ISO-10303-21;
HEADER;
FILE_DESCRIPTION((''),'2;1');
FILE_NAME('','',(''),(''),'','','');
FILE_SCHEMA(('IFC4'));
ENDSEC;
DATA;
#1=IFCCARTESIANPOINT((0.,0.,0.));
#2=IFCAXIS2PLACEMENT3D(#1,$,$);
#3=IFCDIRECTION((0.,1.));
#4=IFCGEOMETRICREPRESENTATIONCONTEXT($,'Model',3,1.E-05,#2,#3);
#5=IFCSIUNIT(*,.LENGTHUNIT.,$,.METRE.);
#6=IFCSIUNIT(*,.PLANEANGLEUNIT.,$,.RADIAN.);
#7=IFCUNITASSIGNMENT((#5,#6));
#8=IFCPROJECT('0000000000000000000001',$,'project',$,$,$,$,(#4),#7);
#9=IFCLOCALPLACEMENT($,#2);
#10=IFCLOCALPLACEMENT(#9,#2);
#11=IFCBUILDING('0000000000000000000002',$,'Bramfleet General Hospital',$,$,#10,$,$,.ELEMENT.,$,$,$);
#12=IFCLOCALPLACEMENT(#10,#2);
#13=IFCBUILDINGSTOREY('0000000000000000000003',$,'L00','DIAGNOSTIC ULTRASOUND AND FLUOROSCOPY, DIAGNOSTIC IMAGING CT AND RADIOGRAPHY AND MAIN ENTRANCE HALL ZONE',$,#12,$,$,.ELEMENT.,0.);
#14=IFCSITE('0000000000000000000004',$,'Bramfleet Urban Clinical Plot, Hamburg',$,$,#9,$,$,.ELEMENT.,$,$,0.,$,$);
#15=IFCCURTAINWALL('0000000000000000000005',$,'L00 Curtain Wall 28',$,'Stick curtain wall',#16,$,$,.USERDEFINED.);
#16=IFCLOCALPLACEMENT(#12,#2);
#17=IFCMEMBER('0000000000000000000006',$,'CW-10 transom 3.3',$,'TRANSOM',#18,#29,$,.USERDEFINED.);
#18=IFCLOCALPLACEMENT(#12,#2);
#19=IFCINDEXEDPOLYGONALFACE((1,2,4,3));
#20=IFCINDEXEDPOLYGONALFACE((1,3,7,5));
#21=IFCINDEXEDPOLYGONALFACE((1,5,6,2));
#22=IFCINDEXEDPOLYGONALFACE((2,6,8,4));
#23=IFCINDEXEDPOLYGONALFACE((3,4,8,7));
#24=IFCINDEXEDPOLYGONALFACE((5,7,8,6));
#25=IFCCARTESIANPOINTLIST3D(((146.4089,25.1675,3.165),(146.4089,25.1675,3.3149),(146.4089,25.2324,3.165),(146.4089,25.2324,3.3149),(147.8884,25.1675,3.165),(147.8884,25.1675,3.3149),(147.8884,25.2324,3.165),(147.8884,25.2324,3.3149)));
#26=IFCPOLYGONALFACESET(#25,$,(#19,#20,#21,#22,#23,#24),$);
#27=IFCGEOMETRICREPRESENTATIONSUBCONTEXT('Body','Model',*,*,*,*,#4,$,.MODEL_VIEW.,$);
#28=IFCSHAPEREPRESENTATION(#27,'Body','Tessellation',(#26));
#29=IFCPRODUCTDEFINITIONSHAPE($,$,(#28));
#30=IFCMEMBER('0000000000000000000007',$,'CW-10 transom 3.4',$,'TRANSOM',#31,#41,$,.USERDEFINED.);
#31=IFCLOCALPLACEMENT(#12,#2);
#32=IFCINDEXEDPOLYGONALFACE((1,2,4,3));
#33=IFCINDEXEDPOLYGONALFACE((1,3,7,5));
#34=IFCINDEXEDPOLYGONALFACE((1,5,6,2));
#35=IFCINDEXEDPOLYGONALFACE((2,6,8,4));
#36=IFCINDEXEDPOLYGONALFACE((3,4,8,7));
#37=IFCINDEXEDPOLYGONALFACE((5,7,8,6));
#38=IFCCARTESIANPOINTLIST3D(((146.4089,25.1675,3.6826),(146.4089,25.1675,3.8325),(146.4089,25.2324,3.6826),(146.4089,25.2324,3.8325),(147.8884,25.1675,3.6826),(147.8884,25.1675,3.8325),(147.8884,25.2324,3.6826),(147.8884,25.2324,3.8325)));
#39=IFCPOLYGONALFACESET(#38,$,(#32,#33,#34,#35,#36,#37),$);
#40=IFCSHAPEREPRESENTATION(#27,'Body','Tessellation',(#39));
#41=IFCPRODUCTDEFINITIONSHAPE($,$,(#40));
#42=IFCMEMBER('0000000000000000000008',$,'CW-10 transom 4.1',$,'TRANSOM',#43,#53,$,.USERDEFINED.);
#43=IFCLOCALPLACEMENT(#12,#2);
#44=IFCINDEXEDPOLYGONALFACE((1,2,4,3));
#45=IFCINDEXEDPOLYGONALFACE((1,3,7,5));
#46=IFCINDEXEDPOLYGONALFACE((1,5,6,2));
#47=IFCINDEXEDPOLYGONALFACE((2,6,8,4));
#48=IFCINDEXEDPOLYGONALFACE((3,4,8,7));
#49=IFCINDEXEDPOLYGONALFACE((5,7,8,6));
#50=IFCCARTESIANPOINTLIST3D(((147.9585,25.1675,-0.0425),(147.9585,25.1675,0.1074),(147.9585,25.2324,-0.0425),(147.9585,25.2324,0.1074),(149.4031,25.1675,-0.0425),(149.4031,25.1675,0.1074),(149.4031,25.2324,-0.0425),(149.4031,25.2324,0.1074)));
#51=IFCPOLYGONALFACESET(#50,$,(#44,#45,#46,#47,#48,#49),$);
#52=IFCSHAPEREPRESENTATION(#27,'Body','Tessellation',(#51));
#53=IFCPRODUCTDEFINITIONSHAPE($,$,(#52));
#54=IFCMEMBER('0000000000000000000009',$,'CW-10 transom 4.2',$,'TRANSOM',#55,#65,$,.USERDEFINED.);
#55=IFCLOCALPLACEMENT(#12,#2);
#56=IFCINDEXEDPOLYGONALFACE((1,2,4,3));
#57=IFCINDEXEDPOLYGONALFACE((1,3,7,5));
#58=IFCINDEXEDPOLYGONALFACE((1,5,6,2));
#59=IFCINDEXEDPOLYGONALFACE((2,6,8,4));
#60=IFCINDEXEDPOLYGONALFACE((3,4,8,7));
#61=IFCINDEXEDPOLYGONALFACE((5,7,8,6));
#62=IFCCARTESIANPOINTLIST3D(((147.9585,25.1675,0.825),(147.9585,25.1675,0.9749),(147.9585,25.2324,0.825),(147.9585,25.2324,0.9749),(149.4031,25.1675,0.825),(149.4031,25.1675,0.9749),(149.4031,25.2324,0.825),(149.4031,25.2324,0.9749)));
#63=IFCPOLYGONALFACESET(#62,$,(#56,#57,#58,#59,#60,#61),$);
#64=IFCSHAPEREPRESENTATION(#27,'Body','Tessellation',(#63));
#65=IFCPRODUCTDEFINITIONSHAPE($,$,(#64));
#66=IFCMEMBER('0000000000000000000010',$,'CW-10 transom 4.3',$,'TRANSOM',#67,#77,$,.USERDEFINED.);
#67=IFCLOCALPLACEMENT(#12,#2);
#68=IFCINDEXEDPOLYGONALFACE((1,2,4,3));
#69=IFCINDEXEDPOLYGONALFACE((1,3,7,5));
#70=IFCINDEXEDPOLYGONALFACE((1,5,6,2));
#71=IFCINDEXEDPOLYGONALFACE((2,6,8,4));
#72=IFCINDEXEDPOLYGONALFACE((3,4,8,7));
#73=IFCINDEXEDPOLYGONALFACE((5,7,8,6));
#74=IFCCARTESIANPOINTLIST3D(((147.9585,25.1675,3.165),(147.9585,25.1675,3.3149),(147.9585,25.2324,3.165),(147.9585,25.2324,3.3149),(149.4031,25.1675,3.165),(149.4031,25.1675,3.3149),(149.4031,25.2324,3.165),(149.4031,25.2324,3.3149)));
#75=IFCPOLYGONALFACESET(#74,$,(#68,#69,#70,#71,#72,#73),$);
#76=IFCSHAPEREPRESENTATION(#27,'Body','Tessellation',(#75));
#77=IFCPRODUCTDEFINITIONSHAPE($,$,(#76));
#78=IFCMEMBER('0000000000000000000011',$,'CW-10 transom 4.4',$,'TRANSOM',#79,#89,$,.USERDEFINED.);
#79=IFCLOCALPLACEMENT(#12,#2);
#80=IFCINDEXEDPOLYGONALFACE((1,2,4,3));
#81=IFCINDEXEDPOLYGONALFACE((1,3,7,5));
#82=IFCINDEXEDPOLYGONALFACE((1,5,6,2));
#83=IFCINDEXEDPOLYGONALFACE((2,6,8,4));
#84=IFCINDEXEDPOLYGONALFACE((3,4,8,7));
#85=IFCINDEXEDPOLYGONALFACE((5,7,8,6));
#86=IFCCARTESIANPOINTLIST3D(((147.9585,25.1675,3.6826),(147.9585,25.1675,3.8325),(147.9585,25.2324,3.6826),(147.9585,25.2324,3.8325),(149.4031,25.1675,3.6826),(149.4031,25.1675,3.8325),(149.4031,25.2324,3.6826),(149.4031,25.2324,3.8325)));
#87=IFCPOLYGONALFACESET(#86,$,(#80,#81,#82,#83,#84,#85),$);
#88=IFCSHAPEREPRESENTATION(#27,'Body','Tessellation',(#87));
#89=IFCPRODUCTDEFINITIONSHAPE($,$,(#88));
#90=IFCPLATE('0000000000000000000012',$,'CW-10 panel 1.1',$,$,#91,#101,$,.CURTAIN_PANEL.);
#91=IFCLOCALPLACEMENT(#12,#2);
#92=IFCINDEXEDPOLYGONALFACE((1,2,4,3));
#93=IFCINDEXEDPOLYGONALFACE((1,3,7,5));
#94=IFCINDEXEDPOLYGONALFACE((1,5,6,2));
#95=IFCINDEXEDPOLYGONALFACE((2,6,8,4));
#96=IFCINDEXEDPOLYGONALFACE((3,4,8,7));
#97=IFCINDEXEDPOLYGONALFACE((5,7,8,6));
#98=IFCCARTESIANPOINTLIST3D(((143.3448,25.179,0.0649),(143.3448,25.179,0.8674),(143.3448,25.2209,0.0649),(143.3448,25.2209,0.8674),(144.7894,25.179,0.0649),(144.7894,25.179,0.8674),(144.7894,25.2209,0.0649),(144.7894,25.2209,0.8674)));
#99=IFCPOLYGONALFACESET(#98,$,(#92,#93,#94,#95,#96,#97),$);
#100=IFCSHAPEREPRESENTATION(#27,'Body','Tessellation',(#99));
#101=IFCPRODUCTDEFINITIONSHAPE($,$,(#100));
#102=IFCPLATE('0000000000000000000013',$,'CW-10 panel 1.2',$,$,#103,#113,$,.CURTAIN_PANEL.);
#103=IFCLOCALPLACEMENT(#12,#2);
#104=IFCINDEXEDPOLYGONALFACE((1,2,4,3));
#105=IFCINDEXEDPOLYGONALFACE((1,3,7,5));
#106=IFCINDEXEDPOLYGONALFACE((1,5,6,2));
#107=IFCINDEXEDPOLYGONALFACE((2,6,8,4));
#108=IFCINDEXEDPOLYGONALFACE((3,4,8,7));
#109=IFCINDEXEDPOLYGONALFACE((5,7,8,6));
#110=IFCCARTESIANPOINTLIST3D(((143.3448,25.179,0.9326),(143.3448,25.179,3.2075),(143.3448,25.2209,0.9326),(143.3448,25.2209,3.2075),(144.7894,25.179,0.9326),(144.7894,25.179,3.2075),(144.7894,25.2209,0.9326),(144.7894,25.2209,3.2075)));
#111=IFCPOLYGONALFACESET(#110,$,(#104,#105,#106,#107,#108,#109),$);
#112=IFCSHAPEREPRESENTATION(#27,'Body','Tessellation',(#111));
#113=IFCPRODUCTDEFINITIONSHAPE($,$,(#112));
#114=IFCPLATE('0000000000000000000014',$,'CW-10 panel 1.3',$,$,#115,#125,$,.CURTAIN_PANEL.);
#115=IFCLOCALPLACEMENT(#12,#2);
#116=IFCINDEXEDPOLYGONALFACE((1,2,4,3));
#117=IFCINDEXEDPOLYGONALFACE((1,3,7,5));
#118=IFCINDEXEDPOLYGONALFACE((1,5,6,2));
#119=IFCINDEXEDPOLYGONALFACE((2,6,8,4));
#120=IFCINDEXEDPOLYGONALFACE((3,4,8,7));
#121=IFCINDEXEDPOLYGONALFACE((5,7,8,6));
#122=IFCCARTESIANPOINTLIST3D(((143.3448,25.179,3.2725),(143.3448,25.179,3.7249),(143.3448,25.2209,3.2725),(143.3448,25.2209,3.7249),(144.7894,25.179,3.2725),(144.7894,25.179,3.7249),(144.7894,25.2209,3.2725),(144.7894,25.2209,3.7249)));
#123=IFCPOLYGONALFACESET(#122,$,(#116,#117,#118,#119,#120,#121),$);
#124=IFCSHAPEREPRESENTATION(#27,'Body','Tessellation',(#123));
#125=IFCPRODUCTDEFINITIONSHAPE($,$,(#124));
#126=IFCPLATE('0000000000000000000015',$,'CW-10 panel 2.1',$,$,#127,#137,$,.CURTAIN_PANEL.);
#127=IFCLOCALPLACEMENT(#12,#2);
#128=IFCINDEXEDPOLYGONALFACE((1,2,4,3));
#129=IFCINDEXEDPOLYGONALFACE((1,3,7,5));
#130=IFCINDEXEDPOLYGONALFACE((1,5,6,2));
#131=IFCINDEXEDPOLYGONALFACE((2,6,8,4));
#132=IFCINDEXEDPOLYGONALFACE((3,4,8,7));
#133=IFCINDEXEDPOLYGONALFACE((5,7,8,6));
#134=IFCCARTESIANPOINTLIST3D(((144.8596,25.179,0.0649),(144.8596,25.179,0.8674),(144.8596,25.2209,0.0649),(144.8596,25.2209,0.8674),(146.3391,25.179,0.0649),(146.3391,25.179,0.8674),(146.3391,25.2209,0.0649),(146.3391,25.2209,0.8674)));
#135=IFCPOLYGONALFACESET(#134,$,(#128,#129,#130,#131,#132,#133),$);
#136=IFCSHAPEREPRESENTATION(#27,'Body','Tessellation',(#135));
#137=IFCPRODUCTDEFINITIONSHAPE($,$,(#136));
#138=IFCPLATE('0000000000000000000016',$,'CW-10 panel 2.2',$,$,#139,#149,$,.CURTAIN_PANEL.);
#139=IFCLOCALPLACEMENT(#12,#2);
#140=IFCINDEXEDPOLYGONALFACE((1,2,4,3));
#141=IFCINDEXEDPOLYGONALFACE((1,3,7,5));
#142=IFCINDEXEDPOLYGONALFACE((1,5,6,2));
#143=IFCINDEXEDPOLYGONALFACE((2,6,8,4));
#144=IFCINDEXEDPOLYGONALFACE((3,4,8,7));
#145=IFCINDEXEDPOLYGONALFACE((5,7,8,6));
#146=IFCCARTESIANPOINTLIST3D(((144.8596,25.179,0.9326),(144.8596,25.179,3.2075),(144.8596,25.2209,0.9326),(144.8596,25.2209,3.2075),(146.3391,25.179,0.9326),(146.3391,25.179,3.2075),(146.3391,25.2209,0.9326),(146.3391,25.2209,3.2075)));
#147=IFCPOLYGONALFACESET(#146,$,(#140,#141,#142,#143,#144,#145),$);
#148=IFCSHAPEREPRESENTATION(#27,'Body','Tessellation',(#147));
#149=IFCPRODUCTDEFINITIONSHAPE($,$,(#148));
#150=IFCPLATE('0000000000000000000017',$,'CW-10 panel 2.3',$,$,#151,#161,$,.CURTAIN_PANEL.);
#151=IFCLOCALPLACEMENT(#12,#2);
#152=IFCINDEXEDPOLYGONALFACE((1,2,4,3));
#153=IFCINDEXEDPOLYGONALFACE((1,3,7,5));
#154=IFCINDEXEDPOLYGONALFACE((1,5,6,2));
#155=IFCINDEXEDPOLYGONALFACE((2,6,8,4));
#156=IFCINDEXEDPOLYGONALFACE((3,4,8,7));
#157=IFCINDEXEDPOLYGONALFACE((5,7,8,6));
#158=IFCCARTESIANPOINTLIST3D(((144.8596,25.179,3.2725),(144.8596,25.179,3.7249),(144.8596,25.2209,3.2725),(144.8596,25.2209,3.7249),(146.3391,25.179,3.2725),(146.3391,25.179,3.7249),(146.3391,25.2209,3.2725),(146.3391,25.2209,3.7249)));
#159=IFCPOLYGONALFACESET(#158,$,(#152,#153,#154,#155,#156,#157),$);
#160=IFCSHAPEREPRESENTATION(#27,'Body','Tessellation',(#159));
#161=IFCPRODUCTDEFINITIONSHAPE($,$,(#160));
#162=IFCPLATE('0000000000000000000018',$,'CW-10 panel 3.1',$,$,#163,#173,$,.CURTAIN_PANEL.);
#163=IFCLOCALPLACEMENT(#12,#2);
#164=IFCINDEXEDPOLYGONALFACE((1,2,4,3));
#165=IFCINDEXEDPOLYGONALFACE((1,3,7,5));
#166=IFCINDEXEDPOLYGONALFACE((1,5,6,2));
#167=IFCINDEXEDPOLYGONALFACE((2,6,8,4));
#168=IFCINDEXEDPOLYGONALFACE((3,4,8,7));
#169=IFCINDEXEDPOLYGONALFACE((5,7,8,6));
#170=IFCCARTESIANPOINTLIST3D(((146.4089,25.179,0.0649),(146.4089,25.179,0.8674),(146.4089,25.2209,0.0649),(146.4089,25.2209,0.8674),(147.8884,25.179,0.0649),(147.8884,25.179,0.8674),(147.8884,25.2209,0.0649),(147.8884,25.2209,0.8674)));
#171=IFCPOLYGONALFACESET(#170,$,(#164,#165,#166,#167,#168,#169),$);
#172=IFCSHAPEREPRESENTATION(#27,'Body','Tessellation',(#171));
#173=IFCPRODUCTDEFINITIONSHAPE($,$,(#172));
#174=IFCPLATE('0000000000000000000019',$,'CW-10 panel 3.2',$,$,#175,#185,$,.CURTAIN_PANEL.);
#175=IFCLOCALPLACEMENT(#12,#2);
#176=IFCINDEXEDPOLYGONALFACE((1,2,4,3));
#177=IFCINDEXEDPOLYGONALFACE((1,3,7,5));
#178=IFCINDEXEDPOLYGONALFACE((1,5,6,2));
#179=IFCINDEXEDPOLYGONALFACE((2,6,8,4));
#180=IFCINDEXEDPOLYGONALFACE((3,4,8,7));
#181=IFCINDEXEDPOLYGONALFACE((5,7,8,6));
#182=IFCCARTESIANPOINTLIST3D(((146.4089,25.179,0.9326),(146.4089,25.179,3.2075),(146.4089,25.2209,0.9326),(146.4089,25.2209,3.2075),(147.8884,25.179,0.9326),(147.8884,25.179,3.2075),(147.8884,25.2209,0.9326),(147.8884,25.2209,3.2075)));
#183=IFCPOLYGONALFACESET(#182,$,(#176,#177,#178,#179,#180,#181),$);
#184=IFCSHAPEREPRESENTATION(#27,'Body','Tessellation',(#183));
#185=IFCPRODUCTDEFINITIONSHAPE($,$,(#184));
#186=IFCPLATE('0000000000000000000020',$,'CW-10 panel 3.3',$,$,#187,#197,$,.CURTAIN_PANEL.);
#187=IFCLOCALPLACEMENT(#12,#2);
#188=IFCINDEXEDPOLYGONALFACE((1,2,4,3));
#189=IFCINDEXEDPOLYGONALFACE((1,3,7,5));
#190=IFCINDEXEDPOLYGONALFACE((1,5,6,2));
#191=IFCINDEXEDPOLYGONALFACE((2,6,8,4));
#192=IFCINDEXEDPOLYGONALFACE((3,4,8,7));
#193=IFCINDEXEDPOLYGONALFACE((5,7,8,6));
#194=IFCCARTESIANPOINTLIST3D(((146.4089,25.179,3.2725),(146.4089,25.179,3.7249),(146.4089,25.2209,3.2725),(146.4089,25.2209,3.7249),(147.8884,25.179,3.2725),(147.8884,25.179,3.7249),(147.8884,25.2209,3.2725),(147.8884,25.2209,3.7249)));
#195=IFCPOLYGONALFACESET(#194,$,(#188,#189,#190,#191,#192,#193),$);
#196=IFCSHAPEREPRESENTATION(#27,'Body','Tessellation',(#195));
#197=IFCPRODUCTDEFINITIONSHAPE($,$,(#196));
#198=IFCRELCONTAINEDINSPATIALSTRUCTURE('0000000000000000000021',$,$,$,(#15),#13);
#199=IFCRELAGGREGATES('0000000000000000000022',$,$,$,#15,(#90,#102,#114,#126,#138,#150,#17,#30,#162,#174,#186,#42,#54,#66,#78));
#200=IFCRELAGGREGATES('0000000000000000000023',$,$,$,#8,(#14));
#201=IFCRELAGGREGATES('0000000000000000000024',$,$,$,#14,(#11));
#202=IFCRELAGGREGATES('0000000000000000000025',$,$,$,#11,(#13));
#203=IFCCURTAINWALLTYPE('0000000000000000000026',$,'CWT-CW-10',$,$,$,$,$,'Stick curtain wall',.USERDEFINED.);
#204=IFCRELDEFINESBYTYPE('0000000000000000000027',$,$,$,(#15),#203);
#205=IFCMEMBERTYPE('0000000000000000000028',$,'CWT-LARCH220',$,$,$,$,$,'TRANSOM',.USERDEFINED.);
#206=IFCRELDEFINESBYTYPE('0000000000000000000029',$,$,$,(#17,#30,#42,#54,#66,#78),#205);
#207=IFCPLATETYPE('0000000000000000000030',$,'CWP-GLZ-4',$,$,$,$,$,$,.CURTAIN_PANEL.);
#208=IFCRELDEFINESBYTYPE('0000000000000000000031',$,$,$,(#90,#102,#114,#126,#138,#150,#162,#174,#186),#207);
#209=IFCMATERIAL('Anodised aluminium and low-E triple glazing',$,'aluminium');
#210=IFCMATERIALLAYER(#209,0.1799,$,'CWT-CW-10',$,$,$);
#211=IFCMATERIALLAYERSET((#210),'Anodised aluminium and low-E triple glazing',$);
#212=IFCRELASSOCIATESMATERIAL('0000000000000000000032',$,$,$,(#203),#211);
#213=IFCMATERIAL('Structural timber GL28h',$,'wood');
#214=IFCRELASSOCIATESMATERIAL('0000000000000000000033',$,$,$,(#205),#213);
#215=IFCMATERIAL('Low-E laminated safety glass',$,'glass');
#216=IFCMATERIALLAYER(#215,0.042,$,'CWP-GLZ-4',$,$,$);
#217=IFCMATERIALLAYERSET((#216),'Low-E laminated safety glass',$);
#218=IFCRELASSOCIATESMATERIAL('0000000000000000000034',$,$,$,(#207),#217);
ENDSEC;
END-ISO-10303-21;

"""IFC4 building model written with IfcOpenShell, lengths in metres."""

from ifc_helpers import new_model, si_unit, direction, frame, origin, origin_2d, place, context, subcontext, project, spatial, rectangle, extrude, material, layer, layer_set, material_profile, profile_set, type_object, element, aggregate, save


model = new_model("IFC4")

# Units and contexts
model_context = context("Model", 3, precision=1e-05, world=origin(), true_north=direction((0.0, 1.0)))
body_context = subcontext(model_context, "Body", "Model", "MODEL_VIEW")
ifc_project = project(units=[si_unit("LENGTHUNIT", "METRE"), si_unit("PLANEANGLEUNIT", "RADIAN")], contexts=[model_context])

# Site, building, storey
site_placement = place(None, origin())
site = spatial("IfcSite", under=ifc_project, at=site_placement, Name="Bramfleet Urban Clinical Plot, Hamburg", CompositionType="ELEMENT", RefElevation=0.0)
building_placement = place(site_placement, origin())
building = spatial("IfcBuilding", under=site, at=building_placement, Name="Bramfleet General Hospital", CompositionType="ELEMENT")
storey_placement = place(building_placement, origin())
storey = spatial("IfcBuildingStorey", under=building, at=storey_placement, Name="L00", Description="DIAGNOSTIC ULTRASOUND AND FLUOROSCOPY, DIAGNOSTIC IMAGING CT AND RADIOGRAPHY AND MAIN ENTRANCE HALL ZONE", CompositionType="ELEMENT", Elevation=0.0)

# Curtain wall
ifc_material_1 = material(Name="Anodised aluminium and low-E triple glazing", Category="aluminium")
ifc_layer_1 = layer(ifc_material_1, 0.1799, Name="CWT-CW-10")
ifc_layer_set_1 = layer_set([ifc_layer_1], Name="Anodised aluminium and low-E triple glazing")
curtain_wall_type_1 = type_object("IfcCurtainWallType", Name="CWT-CW-10", ElementType="Stick curtain wall", PredefinedType="USERDEFINED", material=ifc_layer_set_1)
curtain_wall_1_placement = place(storey_placement, origin())
curtain_wall_1 = element("IfcCurtainWall", 1, at=curtain_wall_1_placement, inside=storey, type_object=curtain_wall_type_1, Name="L00 Curtain Wall 28", ObjectType="Stick curtain wall", PredefinedType="USERDEFINED")
ifc_material_2 = material(Name="Structural timber GL28h", Category="wood")

# Members
ifc_material_profile_1 = material_profile(ifc_material_2, rectangle(XDim=0.0649, YDim=0.1499, at=origin_2d()), Name="LARCH 150x65")
ifc_profile_set_1 = profile_set([ifc_material_profile_1], Name="Structural timber GL28h")
member_type_1 = type_object("IfcMemberType", Name="CWT-LARCH220", ElementType="TRANSOM", PredefinedType="USERDEFINED", material=ifc_profile_set_1)
member_1_placement = place(storey_placement, frame((146.4089, 25.2, 3.24), z_axis=(1.0, 0.0, 0.0), x_axis=(0.0, 1.0, 0.0)))
member_1 = element("IfcMember", 2, at=member_1_placement, type_object=member_type_1, Name="CW-10 transom 3.3", ObjectType="TRANSOM", PredefinedType="USERDEFINED", context=body_context, shape_type="SweptSolid", body=[
    extrude(rectangle(XDim=0.0649, YDim=0.1499, at=origin_2d()), origin(), (0.0, 0.0, 1.0), 1.4795),
])
member_2_placement = place(storey_placement, frame((146.4089, 25.2, 3.7576), z_axis=(1.0, 0.0, 0.0), x_axis=(0.0, 1.0, 0.0)))
member_2 = element("IfcMember", 3, at=member_2_placement, type_object=member_type_1, Name="CW-10 transom 3.4", ObjectType="TRANSOM", PredefinedType="USERDEFINED", context=body_context, shape_type="SweptSolid", body=[
    extrude(rectangle(XDim=0.0649, YDim=0.1499, at=origin_2d()), origin(), (0.0, 0.0, 1.0), 1.4795),
])
member_3_placement = place(storey_placement, frame((147.9585, 25.2, 0.0325), z_axis=(1.0, 0.0, 0.0), x_axis=(0.0, 1.0, 0.0)))
member_3 = element("IfcMember", 4, at=member_3_placement, type_object=member_type_1, Name="CW-10 transom 4.1", ObjectType="TRANSOM", PredefinedType="USERDEFINED", context=body_context, shape_type="SweptSolid", body=[
    extrude(rectangle(XDim=0.0649, YDim=0.1499, at=origin_2d()), origin(), (0.0, 0.0, 1.0), 1.4446),
])
member_4_placement = place(storey_placement, frame((147.9585, 25.2, 0.8999), z_axis=(1.0, 0.0, 0.0), x_axis=(0.0, 1.0, 0.0)))
member_4 = element("IfcMember", 5, at=member_4_placement, type_object=member_type_1, Name="CW-10 transom 4.2", ObjectType="TRANSOM", PredefinedType="USERDEFINED", context=body_context, shape_type="SweptSolid", body=[
    extrude(rectangle(XDim=0.0649, YDim=0.1499, at=origin_2d()), origin(), (0.0, 0.0, 1.0), 1.4446),
])
member_5_placement = place(storey_placement, frame((147.9585, 25.2, 3.24), z_axis=(1.0, 0.0, 0.0), x_axis=(0.0, 1.0, 0.0)))
member_5 = element("IfcMember", 6, at=member_5_placement, type_object=member_type_1, Name="CW-10 transom 4.3", ObjectType="TRANSOM", PredefinedType="USERDEFINED", context=body_context, shape_type="SweptSolid", body=[
    extrude(rectangle(XDim=0.0649, YDim=0.1499, at=origin_2d()), origin(), (0.0, 0.0, 1.0), 1.4446),
])
member_6_placement = place(storey_placement, frame((147.9585, 25.2, 3.7576), z_axis=(1.0, 0.0, 0.0), x_axis=(0.0, 1.0, 0.0)))
member_6 = element("IfcMember", 7, at=member_6_placement, type_object=member_type_1, Name="CW-10 transom 4.4", ObjectType="TRANSOM", PredefinedType="USERDEFINED", context=body_context, shape_type="SweptSolid", body=[
    extrude(rectangle(XDim=0.0649, YDim=0.1499, at=origin_2d()), origin(), (0.0, 0.0, 1.0), 1.4446),
])

# Plates
ifc_material_3 = material(Name="Low-E laminated safety glass", Category="glass")
ifc_layer_2 = layer(ifc_material_3, 0.042, Name="CWP-GLZ-4")
ifc_layer_set_2 = layer_set([ifc_layer_2], Name="Low-E laminated safety glass")
plate_type = type_object("IfcPlateType", Name="CWP-GLZ-4", PredefinedType="CURTAIN_PANEL", material=ifc_layer_set_2)
plate_1_placement = place(storey_placement, frame((144.0671, 25.2, 0.0649), z_axis=(0.0, 0.0, 1.0), x_axis=(1.0, 0.0, 0.0)))
plate_1 = element("IfcPlate", 8, at=plate_1_placement, type_object=plate_type, Name="CW-10 panel 1.1", PredefinedType="CURTAIN_PANEL", context=body_context, shape_type="SweptSolid", body=[
    extrude(rectangle(XDim=1.4446, YDim=0.042, at=origin_2d()), origin(), (0.0, 0.0, 1.0), 0.8025),
])
plate_2_placement = place(storey_placement, frame((144.0671, 25.2, 0.9326), z_axis=(0.0, 0.0, 1.0), x_axis=(1.0, 0.0, 0.0)))
plate_2 = element("IfcPlate", 9, at=plate_2_placement, type_object=plate_type, Name="CW-10 panel 1.2", PredefinedType="CURTAIN_PANEL", context=body_context, shape_type="SweptSolid", body=[
    extrude(rectangle(XDim=1.4446, YDim=0.042, at=origin_2d()), origin(), (0.0, 0.0, 1.0), 2.2749),
])
plate_3_placement = place(storey_placement, frame((144.0671, 25.2, 3.2725), z_axis=(0.0, 0.0, 1.0), x_axis=(1.0, 0.0, 0.0)))
plate_3 = element("IfcPlate", 10, at=plate_3_placement, type_object=plate_type, Name="CW-10 panel 1.3", PredefinedType="CURTAIN_PANEL", context=body_context, shape_type="SweptSolid", body=[
    extrude(rectangle(XDim=1.4446, YDim=0.042, at=origin_2d()), origin(), (0.0, 0.0, 1.0), 0.4524),
])
plate_4_placement = place(storey_placement, frame((145.5994, 25.2, 0.0649), z_axis=(0.0, 0.0, 1.0), x_axis=(1.0, 0.0, 0.0)))
plate_4 = element("IfcPlate", 11, at=plate_4_placement, type_object=plate_type, Name="CW-10 panel 2.1", PredefinedType="CURTAIN_PANEL", context=body_context, shape_type="SweptSolid", body=[
    extrude(rectangle(XDim=1.4795, YDim=0.042, at=origin_2d()), origin(), (0.0, 0.0, 1.0), 0.8025),
])
plate_5_placement = place(storey_placement, frame((145.5994, 25.2, 0.9326), z_axis=(0.0, 0.0, 1.0), x_axis=(1.0, 0.0, 0.0)))
plate_5 = element("IfcPlate", 12, at=plate_5_placement, type_object=plate_type, Name="CW-10 panel 2.2", PredefinedType="CURTAIN_PANEL", context=body_context, shape_type="SweptSolid", body=[
    extrude(rectangle(XDim=1.4795, YDim=0.042, at=origin_2d()), origin(), (0.0, 0.0, 1.0), 2.2749),
])
plate_6_placement = place(storey_placement, frame((145.5994, 25.2, 3.2725), z_axis=(0.0, 0.0, 1.0), x_axis=(1.0, 0.0, 0.0)))
plate_6 = element("IfcPlate", 13, at=plate_6_placement, type_object=plate_type, Name="CW-10 panel 2.3", PredefinedType="CURTAIN_PANEL", context=body_context, shape_type="SweptSolid", body=[
    extrude(rectangle(XDim=1.4795, YDim=0.042, at=origin_2d()), origin(), (0.0, 0.0, 1.0), 0.4524),
])
plate_7_placement = place(storey_placement, frame((147.1487, 25.2, 0.0649), z_axis=(0.0, 0.0, 1.0), x_axis=(1.0, 0.0, 0.0)))
plate_7 = element("IfcPlate", 14, at=plate_7_placement, type_object=plate_type, Name="CW-10 panel 3.1", PredefinedType="CURTAIN_PANEL", context=body_context, shape_type="SweptSolid", body=[
    extrude(rectangle(XDim=1.4795, YDim=0.042, at=origin_2d()), origin(), (0.0, 0.0, 1.0), 0.8025),
])
plate_8_placement = place(storey_placement, frame((147.1487, 25.2, 0.9326), z_axis=(0.0, 0.0, 1.0), x_axis=(1.0, 0.0, 0.0)))
plate_8 = element("IfcPlate", 15, at=plate_8_placement, type_object=plate_type, Name="CW-10 panel 3.2", PredefinedType="CURTAIN_PANEL", context=body_context, shape_type="SweptSolid", body=[
    extrude(rectangle(XDim=1.4795, YDim=0.042, at=origin_2d()), origin(), (0.0, 0.0, 1.0), 2.2749),
])
plate_9_placement = place(storey_placement, frame((147.1487, 25.2, 3.2725), z_axis=(0.0, 0.0, 1.0), x_axis=(1.0, 0.0, 0.0)))
plate_9 = element("IfcPlate", 16, at=plate_9_placement, type_object=plate_type, Name="CW-10 panel 3.3", PredefinedType="CURTAIN_PANEL", context=body_context, shape_type="SweptSolid", body=[
    extrude(rectangle(XDim=1.4795, YDim=0.042, at=origin_2d()), origin(), (0.0, 0.0, 1.0), 0.4524),
])
aggregate(curtain_wall_1, [plate_1, plate_2, plate_3, plate_4, plate_5, plate_6, member_1, member_2, plate_7, plate_8, plate_9, member_3, member_4, member_5, member_6])

save(model, "model.ifc")
